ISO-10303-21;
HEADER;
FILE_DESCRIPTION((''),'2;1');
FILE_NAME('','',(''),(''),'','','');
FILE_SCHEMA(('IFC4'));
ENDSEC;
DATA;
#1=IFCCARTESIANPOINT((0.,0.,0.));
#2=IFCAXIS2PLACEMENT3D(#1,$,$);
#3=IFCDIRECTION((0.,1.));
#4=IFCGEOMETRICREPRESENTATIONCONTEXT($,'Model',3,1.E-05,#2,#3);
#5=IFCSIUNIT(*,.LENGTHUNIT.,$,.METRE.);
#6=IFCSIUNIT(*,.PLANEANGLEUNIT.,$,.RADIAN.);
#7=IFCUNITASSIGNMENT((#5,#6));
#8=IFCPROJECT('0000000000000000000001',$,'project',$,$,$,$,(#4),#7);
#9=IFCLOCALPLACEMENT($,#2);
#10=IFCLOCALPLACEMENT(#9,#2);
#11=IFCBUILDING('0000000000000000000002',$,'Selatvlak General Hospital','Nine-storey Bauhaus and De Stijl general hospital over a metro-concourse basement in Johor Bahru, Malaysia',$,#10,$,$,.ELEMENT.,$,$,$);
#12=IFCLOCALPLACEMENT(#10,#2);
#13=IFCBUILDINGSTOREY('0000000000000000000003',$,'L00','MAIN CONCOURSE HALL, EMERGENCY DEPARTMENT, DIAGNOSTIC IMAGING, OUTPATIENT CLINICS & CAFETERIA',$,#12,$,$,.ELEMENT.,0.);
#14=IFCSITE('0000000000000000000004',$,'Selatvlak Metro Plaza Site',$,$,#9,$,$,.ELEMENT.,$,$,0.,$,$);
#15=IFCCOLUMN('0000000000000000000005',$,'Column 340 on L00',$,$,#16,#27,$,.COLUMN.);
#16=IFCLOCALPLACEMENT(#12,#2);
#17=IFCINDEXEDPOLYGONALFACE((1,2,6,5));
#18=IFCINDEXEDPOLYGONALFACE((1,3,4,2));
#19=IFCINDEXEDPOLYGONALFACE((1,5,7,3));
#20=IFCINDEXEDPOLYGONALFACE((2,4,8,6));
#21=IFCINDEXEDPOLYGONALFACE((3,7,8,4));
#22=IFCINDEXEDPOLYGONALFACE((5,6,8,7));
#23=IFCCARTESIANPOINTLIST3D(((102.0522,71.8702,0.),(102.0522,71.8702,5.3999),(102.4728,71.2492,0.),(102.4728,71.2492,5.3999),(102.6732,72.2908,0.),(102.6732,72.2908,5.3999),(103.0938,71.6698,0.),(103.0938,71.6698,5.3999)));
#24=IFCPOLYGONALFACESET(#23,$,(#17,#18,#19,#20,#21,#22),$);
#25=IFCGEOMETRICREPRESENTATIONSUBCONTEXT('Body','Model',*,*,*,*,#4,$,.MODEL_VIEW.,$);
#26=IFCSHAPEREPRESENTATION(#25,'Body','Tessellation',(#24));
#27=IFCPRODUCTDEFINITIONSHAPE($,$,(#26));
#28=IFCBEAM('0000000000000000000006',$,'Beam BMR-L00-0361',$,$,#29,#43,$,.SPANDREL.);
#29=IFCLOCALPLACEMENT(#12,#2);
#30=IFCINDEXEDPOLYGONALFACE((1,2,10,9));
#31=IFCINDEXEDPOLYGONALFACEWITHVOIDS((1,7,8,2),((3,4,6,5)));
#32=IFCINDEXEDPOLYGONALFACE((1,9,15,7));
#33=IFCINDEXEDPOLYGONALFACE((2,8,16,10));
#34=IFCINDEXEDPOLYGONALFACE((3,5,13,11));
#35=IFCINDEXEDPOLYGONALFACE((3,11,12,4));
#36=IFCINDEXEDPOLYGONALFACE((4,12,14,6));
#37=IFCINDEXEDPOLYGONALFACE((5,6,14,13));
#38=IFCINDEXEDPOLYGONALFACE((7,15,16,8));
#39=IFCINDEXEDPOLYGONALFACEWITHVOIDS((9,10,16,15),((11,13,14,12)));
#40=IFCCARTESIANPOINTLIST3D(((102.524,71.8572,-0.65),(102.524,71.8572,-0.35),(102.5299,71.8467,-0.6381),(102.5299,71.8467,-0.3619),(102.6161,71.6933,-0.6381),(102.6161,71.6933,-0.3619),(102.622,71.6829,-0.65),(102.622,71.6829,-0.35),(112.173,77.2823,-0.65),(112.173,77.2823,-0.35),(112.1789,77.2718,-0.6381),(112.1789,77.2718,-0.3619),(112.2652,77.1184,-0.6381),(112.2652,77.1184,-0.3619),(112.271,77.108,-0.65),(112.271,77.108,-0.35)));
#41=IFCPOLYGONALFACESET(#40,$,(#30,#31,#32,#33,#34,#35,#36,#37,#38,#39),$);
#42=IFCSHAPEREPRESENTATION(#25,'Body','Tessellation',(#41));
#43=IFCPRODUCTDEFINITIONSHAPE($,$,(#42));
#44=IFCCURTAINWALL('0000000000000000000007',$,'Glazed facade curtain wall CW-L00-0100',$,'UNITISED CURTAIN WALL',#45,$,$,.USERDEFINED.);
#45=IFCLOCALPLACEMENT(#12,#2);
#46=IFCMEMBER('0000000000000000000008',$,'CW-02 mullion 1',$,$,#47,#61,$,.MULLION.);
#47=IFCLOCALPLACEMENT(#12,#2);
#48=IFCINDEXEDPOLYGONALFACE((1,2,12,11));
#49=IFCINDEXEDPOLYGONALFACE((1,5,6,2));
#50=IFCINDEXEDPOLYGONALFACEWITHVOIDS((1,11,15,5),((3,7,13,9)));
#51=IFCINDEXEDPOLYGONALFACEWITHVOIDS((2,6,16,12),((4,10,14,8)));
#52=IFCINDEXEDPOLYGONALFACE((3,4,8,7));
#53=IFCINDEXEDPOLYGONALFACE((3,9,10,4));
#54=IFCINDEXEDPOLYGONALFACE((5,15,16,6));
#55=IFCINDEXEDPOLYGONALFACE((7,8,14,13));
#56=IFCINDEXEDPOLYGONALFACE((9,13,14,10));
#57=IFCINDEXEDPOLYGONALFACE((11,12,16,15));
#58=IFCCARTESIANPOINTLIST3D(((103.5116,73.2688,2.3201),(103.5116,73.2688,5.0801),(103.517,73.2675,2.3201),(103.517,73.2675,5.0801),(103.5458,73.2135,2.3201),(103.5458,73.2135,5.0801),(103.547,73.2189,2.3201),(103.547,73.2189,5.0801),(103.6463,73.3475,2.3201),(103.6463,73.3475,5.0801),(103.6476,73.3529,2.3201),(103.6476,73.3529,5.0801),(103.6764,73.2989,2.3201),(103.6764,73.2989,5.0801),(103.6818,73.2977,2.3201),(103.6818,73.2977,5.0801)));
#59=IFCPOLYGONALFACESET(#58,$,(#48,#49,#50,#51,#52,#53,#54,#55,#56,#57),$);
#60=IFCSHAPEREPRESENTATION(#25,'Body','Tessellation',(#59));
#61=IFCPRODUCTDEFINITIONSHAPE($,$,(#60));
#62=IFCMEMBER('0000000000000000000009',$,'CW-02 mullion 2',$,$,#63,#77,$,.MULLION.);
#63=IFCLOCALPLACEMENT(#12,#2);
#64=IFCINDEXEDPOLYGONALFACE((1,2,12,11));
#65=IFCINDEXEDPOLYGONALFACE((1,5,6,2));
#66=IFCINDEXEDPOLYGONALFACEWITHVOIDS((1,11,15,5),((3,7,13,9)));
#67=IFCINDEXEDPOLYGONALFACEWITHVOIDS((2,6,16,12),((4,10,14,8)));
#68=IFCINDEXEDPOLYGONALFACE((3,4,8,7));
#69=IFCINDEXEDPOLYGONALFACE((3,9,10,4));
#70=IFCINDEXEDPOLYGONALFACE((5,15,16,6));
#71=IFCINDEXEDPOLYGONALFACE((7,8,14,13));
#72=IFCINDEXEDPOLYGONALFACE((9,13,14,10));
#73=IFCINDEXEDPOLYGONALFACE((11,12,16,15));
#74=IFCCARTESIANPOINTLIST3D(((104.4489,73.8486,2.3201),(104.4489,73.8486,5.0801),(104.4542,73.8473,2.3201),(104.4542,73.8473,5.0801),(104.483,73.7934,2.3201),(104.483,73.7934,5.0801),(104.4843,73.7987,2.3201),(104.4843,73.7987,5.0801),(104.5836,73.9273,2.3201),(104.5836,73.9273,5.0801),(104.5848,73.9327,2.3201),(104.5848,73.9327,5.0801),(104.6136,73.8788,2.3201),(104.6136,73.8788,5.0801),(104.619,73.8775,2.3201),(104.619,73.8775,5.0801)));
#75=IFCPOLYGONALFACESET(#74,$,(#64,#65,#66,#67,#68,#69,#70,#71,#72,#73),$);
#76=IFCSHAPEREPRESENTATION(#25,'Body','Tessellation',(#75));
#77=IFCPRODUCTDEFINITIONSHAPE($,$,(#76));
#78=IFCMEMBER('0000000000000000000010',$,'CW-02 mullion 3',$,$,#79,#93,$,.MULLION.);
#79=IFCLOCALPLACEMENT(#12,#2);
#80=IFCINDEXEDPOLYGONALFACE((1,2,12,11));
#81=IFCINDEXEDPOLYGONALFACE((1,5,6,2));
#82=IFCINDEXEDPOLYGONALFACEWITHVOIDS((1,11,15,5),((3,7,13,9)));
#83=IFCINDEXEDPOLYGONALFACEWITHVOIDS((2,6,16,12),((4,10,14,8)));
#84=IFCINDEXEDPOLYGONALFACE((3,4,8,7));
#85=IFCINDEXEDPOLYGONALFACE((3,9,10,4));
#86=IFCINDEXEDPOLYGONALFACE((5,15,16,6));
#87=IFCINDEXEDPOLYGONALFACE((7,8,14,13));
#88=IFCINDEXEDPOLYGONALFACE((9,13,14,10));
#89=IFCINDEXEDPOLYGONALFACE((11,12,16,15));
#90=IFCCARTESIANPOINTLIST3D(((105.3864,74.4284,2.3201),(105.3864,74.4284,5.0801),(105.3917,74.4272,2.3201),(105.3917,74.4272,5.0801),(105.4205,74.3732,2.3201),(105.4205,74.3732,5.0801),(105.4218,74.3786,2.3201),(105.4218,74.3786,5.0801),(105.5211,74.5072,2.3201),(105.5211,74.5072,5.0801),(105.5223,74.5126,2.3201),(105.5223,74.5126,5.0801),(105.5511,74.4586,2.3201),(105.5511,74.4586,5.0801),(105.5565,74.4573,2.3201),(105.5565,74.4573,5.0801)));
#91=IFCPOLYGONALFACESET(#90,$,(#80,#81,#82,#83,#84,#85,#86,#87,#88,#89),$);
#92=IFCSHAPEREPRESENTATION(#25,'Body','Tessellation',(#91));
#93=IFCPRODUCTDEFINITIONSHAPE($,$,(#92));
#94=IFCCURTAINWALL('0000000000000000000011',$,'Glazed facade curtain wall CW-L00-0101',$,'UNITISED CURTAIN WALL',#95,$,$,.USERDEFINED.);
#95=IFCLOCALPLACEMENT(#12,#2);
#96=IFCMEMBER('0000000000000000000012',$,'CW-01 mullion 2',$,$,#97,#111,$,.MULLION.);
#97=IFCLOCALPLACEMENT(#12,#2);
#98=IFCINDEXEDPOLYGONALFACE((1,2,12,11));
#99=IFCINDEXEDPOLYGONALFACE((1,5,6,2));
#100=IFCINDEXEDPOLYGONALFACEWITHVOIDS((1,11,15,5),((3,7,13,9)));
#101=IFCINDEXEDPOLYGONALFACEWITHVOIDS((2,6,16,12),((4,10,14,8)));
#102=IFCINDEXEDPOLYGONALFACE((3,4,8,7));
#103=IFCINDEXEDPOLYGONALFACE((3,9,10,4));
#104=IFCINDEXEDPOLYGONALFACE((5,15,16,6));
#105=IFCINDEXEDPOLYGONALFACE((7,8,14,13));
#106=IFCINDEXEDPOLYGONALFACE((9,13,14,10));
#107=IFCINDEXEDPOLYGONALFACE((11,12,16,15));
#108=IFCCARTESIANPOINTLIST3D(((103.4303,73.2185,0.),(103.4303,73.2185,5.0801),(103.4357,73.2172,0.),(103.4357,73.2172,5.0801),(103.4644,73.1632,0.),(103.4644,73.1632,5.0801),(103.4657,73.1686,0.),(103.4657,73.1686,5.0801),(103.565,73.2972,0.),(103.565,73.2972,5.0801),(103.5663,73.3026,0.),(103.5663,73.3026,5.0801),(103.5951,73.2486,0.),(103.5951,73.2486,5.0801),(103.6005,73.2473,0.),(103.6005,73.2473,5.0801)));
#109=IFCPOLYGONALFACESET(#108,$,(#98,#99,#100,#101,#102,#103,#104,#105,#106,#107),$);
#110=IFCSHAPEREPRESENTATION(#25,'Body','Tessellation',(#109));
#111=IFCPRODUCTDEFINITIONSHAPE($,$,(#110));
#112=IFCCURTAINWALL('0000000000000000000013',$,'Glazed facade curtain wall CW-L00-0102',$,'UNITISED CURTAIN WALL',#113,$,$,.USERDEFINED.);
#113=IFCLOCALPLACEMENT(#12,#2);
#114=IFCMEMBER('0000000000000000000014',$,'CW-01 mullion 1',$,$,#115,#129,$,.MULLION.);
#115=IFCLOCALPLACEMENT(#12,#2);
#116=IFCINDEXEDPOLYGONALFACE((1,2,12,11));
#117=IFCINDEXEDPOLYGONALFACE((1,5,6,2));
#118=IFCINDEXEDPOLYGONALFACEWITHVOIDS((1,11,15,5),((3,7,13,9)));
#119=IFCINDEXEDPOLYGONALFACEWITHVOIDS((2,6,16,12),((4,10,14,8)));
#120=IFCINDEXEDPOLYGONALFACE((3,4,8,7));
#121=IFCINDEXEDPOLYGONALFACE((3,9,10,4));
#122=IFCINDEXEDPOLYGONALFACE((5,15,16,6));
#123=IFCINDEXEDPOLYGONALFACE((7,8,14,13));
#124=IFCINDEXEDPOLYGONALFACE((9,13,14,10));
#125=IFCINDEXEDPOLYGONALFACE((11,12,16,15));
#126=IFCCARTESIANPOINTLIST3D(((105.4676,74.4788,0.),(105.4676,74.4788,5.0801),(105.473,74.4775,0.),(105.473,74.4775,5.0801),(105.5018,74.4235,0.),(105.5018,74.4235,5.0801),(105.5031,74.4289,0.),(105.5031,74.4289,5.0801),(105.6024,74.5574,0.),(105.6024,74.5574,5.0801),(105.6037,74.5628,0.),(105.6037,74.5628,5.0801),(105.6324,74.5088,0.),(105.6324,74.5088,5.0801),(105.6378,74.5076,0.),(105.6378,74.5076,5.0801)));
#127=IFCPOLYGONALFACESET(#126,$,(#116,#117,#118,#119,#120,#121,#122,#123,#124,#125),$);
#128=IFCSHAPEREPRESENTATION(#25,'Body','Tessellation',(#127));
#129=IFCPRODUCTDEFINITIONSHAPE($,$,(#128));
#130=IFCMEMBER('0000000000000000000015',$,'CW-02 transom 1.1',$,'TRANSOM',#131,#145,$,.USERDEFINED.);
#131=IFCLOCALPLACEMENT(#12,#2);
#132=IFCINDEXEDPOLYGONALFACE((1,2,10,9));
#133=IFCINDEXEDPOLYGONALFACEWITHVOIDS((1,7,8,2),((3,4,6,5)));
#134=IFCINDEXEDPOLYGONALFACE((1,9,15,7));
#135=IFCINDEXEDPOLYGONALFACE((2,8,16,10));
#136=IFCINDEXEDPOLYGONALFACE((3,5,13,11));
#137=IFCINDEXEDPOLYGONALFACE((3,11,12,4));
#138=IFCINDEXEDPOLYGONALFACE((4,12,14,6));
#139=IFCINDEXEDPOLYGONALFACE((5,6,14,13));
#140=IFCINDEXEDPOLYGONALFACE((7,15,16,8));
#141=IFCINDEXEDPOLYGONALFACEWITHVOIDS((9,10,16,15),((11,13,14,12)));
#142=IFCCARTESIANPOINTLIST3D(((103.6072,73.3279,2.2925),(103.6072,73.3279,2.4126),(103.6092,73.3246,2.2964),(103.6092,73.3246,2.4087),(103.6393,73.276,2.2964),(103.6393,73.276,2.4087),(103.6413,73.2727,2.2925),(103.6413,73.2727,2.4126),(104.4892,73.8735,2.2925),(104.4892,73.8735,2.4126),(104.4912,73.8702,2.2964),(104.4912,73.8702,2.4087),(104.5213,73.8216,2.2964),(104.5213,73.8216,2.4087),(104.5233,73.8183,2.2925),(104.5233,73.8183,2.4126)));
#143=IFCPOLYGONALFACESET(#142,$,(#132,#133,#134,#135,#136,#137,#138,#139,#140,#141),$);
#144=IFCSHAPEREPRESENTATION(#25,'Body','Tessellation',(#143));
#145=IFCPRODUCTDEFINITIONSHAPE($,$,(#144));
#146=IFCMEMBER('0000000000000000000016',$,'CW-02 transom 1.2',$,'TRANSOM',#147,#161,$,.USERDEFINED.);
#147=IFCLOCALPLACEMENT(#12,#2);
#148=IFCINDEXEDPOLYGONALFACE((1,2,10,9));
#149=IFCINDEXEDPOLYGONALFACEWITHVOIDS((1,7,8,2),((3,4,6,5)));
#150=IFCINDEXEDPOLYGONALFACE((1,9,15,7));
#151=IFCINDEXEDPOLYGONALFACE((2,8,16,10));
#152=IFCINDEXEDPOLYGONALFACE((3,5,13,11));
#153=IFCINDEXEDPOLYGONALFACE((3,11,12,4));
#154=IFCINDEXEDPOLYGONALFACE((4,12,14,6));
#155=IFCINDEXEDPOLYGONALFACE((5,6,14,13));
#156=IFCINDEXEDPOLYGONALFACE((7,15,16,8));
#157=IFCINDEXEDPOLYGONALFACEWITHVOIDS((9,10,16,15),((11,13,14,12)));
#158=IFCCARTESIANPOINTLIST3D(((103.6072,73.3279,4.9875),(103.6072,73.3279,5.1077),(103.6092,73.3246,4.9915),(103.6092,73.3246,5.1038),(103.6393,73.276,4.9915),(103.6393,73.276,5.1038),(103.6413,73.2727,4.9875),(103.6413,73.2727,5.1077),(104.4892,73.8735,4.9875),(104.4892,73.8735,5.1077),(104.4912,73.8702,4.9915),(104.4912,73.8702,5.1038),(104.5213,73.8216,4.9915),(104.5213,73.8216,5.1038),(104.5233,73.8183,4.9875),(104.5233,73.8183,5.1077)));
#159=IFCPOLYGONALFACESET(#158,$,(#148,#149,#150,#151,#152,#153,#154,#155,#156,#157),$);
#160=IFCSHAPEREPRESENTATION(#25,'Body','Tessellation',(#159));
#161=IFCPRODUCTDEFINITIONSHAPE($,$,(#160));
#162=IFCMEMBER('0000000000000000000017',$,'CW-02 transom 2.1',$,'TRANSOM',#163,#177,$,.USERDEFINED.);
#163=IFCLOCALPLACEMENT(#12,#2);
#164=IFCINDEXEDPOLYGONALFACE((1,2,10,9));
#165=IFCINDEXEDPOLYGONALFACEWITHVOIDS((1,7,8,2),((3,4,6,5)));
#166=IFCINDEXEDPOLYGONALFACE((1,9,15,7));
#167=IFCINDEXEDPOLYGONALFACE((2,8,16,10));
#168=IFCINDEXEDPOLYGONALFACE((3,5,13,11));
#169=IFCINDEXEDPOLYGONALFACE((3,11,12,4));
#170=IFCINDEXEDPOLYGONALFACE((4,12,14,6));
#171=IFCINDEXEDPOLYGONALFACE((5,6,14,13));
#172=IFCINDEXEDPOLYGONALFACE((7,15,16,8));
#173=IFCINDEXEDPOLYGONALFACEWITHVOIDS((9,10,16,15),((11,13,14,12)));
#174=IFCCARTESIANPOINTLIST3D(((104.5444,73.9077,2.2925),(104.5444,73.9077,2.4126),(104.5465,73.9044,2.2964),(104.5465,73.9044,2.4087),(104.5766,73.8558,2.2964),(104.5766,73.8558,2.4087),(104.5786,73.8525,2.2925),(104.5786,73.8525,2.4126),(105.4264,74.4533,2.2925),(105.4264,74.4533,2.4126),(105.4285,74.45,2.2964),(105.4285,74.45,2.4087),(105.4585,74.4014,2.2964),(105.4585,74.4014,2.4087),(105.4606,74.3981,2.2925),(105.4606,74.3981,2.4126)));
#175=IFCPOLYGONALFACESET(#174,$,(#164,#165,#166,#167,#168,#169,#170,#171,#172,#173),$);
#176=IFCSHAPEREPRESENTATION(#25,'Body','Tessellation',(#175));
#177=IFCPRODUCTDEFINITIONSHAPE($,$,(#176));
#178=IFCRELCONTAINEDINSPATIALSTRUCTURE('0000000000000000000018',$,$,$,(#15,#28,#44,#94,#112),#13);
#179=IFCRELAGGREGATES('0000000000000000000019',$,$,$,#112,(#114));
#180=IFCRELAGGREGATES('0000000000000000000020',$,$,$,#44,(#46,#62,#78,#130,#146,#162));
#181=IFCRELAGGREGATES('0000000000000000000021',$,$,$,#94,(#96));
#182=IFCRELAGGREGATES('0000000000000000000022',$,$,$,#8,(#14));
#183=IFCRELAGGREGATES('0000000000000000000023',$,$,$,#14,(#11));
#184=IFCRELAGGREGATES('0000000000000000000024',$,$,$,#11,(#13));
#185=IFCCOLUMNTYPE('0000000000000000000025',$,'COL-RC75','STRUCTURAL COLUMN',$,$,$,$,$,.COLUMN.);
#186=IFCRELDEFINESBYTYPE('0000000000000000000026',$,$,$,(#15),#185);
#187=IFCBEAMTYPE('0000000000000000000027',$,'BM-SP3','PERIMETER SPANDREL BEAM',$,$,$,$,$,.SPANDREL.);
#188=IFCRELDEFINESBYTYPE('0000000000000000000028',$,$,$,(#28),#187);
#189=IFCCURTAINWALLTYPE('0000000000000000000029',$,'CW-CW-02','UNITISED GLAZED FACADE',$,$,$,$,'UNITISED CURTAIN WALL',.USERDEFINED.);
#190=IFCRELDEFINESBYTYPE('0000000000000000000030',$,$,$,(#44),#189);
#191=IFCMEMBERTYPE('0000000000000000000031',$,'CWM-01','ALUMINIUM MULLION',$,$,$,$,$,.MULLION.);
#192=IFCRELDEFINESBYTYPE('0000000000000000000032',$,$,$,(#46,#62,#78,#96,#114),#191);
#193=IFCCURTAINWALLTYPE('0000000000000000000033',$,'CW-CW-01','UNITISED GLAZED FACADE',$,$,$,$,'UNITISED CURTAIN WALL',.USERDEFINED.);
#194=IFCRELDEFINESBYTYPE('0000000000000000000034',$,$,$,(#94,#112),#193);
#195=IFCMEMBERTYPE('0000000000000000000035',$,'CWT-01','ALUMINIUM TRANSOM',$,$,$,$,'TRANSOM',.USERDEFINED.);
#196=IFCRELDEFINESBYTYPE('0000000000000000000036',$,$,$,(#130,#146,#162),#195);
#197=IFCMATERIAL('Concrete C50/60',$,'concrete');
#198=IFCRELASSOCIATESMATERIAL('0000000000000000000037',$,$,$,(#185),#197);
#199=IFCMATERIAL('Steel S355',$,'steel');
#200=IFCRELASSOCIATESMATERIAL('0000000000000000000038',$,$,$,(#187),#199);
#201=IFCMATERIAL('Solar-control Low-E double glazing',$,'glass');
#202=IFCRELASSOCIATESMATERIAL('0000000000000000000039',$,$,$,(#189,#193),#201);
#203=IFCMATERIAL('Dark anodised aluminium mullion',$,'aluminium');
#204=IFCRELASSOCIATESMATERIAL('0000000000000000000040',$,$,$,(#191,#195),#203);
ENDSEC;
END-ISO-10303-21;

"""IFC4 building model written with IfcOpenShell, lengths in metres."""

from ifc_helpers import new_model, si_unit, direction, frame, origin, origin_2d, place, context, subcontext, project, spatial, rectangle, hollow_rectangle, extrude, material, material_profile, profile_set, type_object, element, aggregate, save


model = new_model("IFC4")

# Units and contexts
model_context = context("Model", 3, precision=1e-05, world=origin(), true_north=direction((0.0, 1.0)))
body_context = subcontext(model_context, "Body", "Model", "MODEL_VIEW")
ifc_project = project(units=[si_unit("LENGTHUNIT", "METRE"), si_unit("PLANEANGLEUNIT", "RADIAN")], contexts=[model_context])

# Site, building, storey
site_placement = place(None, origin())
site = spatial("IfcSite", under=ifc_project, at=site_placement, Name="Selatvlak Metro Plaza Site", CompositionType="ELEMENT", RefElevation=0.0)
building_placement = place(site_placement, origin())
building = spatial("IfcBuilding", under=site, at=building_placement, Name="Selatvlak General Hospital", Description="Nine-storey Bauhaus and De Stijl general hospital over a metro-concourse basement in Johor Bahru, Malaysia", CompositionType="ELEMENT")
storey_placement = place(building_placement, origin())
storey = spatial("IfcBuildingStorey", under=building, at=storey_placement, Name="L00", Description="MAIN CONCOURSE HALL, EMERGENCY DEPARTMENT, DIAGNOSTIC IMAGING, OUTPATIENT CLINICS & CAFETERIA", CompositionType="ELEMENT", Elevation=0.0)

# Column
ifc_material_1 = material(Name="Concrete C50/60", Category="concrete")
ifc_material_profile_1 = material_profile(ifc_material_1, rectangle(XDim=0.75, YDim=0.75, at=origin_2d()), Name="RC-COL 750x750")
ifc_profile_set_1 = profile_set([ifc_material_profile_1], Name="Concrete C50/60")
column_type = type_object("IfcColumnType", Name="COL-RC75", Description="STRUCTURAL COLUMN", PredefinedType="COLUMN", material=ifc_profile_set_1)
column_placement = place(storey_placement, frame((102.573, 71.77, 0.0), z_axis=(0.0, 0.0, 1.0), x_axis=(-0.560726, 0.828002, 0.0)))
element("IfcColumn", 1, at=column_placement, inside=storey, type_object=column_type, Name="Column 340 on L00", PredefinedType="COLUMN", context=body_context, shape_type="SweptSolid", body=[
    extrude(rectangle(XDim=0.75, YDim=0.75, at=origin_2d()), origin(), (0.0, 0.0, 1.0), 5.3999),
])

# Beam
ifc_material_2 = material(Name="Steel S355", Category="steel")
ifc_material_profile_2 = material_profile(ifc_material_2, hollow_rectangle(XDim=0.2, YDim=0.3, WallThickness=0.012, at=origin_2d()), Name="RHS 300x200x12")
ifc_profile_set_2 = profile_set([ifc_material_profile_2], Name="Steel S355")
beam_type = type_object("IfcBeamType", Name="BM-SP3", Description="PERIMETER SPANDREL BEAM", PredefinedType="SPANDREL", material=ifc_profile_set_2)
beam_placement = place(storey_placement, frame((102.573, 71.77, -0.5), z_axis=(0.871671, 0.490092, 0.0), x_axis=(-0.490092, 0.871671, 0.0)))
element("IfcBeam", 2, at=beam_placement, inside=storey, type_object=beam_type, Name="Beam BMR-L00-0361", PredefinedType="SPANDREL", context=body_context, shape_type="SweptSolid", body=[
    extrude(hollow_rectangle(XDim=0.2, YDim=0.3, WallThickness=0.012, at=origin_2d()), origin(), (0.0, 0.0, 1.0), 11.0696),
])

# Curtain wall, members
ifc_material_3 = material(Name="Solar-control Low-E double glazing", Category="glass")
curtain_wall_type_1 = type_object("IfcCurtainWallType", Name="CW-CW-02", Description="UNITISED GLAZED FACADE", ElementType="UNITISED CURTAIN WALL", PredefinedType="USERDEFINED", material=ifc_material_3)
curtain_wall_1_placement = place(storey_placement, origin())
curtain_wall_1 = element("IfcCurtainWall", 3, at=curtain_wall_1_placement, inside=storey, type_object=curtain_wall_type_1, Name="Glazed facade curtain wall CW-L00-0100", ObjectType="UNITISED CURTAIN WALL", PredefinedType="USERDEFINED")
ifc_material_4 = material(Name="Dark anodised aluminium mullion", Category="aluminium")
ifc_material_profile_3 = material_profile(ifc_material_4, hollow_rectangle(XDim=0.0649, YDim=0.1599, WallThickness=0.0039, at=origin_2d()), Name="AL-MUL 65x160x4")
ifc_profile_set_3 = profile_set([ifc_material_profile_3], Name="Dark anodised aluminium mullion")
member_type_1 = type_object("IfcMemberType", Name="CWM-01", Description="ALUMINIUM MULLION", PredefinedType="MULLION", material=ifc_profile_set_3)
member_1_placement = place(storey_placement, frame((103.5967, 73.2832, 2.3201), z_axis=(0.0, 0.0, 1.0), x_axis=(-0.526112, 0.850415, 0.0)))
member_1 = element("IfcMember", 4, at=member_1_placement, type_object=member_type_1, Name="CW-02 mullion 1", PredefinedType="MULLION", context=body_context, shape_type="SweptSolid", body=[
    extrude(hollow_rectangle(XDim=0.0649, YDim=0.1599, WallThickness=0.0039, at=origin_2d()), origin(), (0.0, 0.0, 1.0), 2.76),
])
member_2_placement = place(storey_placement, frame((104.5339, 73.863, 2.3201), z_axis=(0.0, 0.0, 1.0), x_axis=(-0.526112, 0.850415, 0.0)))
member_2 = element("IfcMember", 5, at=member_2_placement, type_object=member_type_1, Name="CW-02 mullion 2", PredefinedType="MULLION", context=body_context, shape_type="SweptSolid", body=[
    extrude(hollow_rectangle(XDim=0.0649, YDim=0.1599, WallThickness=0.0039, at=origin_2d()), origin(), (0.0, 0.0, 1.0), 2.76),
])
member_3_placement = place(storey_placement, frame((105.4714, 74.4429, 2.3201), z_axis=(0.0, 0.0, 1.0), x_axis=(-0.526112, 0.850415, 0.0)))
member_3 = element("IfcMember", 6, at=member_3_placement, type_object=member_type_1, Name="CW-02 mullion 3", PredefinedType="MULLION", context=body_context, shape_type="SweptSolid", body=[
    extrude(hollow_rectangle(XDim=0.0649, YDim=0.1599, WallThickness=0.0039, at=origin_2d()), origin(), (0.0, 0.0, 1.0), 2.76),
])

# Curtain walls, members
curtain_wall_type_2 = type_object("IfcCurtainWallType", Name="CW-CW-01", Description="UNITISED GLAZED FACADE", ElementType="UNITISED CURTAIN WALL", PredefinedType="USERDEFINED", material=ifc_material_3)
curtain_wall_2_placement = place(storey_placement, origin())
curtain_wall_2 = element("IfcCurtainWall", 7, at=curtain_wall_2_placement, inside=storey, type_object=curtain_wall_type_2, Name="Glazed facade curtain wall CW-L00-0101", ObjectType="UNITISED CURTAIN WALL", PredefinedType="USERDEFINED")
member_4_placement = place(storey_placement, frame((103.5154, 73.2329, 0.0), z_axis=(0.0, 0.0, 1.0), x_axis=(-0.525872, 0.850564, 0.0)))
member_4 = element("IfcMember", 8, at=member_4_placement, type_object=member_type_1, Name="CW-01 mullion 2", PredefinedType="MULLION", context=body_context, shape_type="SweptSolid", body=[
    extrude(hollow_rectangle(XDim=0.0649, YDim=0.1599, WallThickness=0.0039, at=origin_2d()), origin(), (0.0, 0.0, 1.0), 5.0801),
])
curtain_wall_3_placement = place(storey_placement, origin())
curtain_wall_3 = element("IfcCurtainWall", 9, at=curtain_wall_3_placement, inside=storey, type_object=curtain_wall_type_2, Name="Glazed facade curtain wall CW-L00-0102", ObjectType="UNITISED CURTAIN WALL", PredefinedType="USERDEFINED")
member_5_placement = place(storey_placement, frame((105.5527, 74.4932, 0.0), z_axis=(0.0, 0.0, 1.0), x_axis=(-0.525611, 0.850725, 0.0)))
member_5 = element("IfcMember", 10, at=member_5_placement, type_object=member_type_1, Name="CW-01 mullion 1", PredefinedType="MULLION", context=body_context, shape_type="SweptSolid", body=[
    extrude(hollow_rectangle(XDim=0.0649, YDim=0.1599, WallThickness=0.0039, at=origin_2d()), origin(), (0.0, 0.0, 1.0), 5.0801),
])
aggregate(curtain_wall_3, [member_5])

# Members
ifc_material_profile_4 = material_profile(ifc_material_4, hollow_rectangle(XDim=0.0649, YDim=0.1201, WallThickness=0.0039, at=origin_2d()), Name="AL-TRN 65x120x4")
ifc_profile_set_4 = profile_set([ifc_material_profile_4], Name="Dark anodised aluminium mullion")
member_type_2 = type_object("IfcMemberType", Name="CWT-01", Description="ALUMINIUM TRANSOM", ElementType="TRANSOM", PredefinedType="USERDEFINED", material=ifc_profile_set_4)
member_6_placement = place(storey_placement, frame((103.6243, 73.3003, 2.3525), z_axis=(0.850436, 0.526079, 0.0), x_axis=(-0.526079, 0.850436, 0.0)))
member_6 = element("IfcMember", 11, at=member_6_placement, type_object=member_type_2, Name="CW-02 transom 1.1", ObjectType="TRANSOM", PredefinedType="USERDEFINED", context=body_context, shape_type="SweptSolid", body=[
    extrude(hollow_rectangle(XDim=0.0649, YDim=0.1201, WallThickness=0.0039, at=origin_2d()), origin(), (0.0, 0.0, 1.0), 1.0371),
])
member_7_placement = place(storey_placement, frame((103.6243, 73.3003, 5.0476), z_axis=(0.850436, 0.526079, 0.0), x_axis=(-0.526079, 0.850436, 0.0)))
member_7 = element("IfcMember", 12, at=member_7_placement, type_object=member_type_2, Name="CW-02 transom 1.2", ObjectType="TRANSOM", PredefinedType="USERDEFINED", context=body_context, shape_type="SweptSolid", body=[
    extrude(hollow_rectangle(XDim=0.0649, YDim=0.1201, WallThickness=0.0039, at=origin_2d()), origin(), (0.0, 0.0, 1.0), 1.0371),
])
member_8_placement = place(storey_placement, frame((104.5615, 73.8801, 2.3525), z_axis=(0.850436, 0.526079, 0.0), x_axis=(-0.526079, 0.850436, 0.0)))
member_8 = element("IfcMember", 13, at=member_8_placement, type_object=member_type_2, Name="CW-02 transom 2.1", ObjectType="TRANSOM", PredefinedType="USERDEFINED", context=body_context, shape_type="SweptSolid", body=[
    extrude(hollow_rectangle(XDim=0.0649, YDim=0.1201, WallThickness=0.0039, at=origin_2d()), origin(), (0.0, 0.0, 1.0), 1.0371),
])

aggregate(curtain_wall_1, [member_1, member_2, member_3, member_6, member_7, member_8])
aggregate(curtain_wall_2, [member_4])

save(model, "model.ifc")
